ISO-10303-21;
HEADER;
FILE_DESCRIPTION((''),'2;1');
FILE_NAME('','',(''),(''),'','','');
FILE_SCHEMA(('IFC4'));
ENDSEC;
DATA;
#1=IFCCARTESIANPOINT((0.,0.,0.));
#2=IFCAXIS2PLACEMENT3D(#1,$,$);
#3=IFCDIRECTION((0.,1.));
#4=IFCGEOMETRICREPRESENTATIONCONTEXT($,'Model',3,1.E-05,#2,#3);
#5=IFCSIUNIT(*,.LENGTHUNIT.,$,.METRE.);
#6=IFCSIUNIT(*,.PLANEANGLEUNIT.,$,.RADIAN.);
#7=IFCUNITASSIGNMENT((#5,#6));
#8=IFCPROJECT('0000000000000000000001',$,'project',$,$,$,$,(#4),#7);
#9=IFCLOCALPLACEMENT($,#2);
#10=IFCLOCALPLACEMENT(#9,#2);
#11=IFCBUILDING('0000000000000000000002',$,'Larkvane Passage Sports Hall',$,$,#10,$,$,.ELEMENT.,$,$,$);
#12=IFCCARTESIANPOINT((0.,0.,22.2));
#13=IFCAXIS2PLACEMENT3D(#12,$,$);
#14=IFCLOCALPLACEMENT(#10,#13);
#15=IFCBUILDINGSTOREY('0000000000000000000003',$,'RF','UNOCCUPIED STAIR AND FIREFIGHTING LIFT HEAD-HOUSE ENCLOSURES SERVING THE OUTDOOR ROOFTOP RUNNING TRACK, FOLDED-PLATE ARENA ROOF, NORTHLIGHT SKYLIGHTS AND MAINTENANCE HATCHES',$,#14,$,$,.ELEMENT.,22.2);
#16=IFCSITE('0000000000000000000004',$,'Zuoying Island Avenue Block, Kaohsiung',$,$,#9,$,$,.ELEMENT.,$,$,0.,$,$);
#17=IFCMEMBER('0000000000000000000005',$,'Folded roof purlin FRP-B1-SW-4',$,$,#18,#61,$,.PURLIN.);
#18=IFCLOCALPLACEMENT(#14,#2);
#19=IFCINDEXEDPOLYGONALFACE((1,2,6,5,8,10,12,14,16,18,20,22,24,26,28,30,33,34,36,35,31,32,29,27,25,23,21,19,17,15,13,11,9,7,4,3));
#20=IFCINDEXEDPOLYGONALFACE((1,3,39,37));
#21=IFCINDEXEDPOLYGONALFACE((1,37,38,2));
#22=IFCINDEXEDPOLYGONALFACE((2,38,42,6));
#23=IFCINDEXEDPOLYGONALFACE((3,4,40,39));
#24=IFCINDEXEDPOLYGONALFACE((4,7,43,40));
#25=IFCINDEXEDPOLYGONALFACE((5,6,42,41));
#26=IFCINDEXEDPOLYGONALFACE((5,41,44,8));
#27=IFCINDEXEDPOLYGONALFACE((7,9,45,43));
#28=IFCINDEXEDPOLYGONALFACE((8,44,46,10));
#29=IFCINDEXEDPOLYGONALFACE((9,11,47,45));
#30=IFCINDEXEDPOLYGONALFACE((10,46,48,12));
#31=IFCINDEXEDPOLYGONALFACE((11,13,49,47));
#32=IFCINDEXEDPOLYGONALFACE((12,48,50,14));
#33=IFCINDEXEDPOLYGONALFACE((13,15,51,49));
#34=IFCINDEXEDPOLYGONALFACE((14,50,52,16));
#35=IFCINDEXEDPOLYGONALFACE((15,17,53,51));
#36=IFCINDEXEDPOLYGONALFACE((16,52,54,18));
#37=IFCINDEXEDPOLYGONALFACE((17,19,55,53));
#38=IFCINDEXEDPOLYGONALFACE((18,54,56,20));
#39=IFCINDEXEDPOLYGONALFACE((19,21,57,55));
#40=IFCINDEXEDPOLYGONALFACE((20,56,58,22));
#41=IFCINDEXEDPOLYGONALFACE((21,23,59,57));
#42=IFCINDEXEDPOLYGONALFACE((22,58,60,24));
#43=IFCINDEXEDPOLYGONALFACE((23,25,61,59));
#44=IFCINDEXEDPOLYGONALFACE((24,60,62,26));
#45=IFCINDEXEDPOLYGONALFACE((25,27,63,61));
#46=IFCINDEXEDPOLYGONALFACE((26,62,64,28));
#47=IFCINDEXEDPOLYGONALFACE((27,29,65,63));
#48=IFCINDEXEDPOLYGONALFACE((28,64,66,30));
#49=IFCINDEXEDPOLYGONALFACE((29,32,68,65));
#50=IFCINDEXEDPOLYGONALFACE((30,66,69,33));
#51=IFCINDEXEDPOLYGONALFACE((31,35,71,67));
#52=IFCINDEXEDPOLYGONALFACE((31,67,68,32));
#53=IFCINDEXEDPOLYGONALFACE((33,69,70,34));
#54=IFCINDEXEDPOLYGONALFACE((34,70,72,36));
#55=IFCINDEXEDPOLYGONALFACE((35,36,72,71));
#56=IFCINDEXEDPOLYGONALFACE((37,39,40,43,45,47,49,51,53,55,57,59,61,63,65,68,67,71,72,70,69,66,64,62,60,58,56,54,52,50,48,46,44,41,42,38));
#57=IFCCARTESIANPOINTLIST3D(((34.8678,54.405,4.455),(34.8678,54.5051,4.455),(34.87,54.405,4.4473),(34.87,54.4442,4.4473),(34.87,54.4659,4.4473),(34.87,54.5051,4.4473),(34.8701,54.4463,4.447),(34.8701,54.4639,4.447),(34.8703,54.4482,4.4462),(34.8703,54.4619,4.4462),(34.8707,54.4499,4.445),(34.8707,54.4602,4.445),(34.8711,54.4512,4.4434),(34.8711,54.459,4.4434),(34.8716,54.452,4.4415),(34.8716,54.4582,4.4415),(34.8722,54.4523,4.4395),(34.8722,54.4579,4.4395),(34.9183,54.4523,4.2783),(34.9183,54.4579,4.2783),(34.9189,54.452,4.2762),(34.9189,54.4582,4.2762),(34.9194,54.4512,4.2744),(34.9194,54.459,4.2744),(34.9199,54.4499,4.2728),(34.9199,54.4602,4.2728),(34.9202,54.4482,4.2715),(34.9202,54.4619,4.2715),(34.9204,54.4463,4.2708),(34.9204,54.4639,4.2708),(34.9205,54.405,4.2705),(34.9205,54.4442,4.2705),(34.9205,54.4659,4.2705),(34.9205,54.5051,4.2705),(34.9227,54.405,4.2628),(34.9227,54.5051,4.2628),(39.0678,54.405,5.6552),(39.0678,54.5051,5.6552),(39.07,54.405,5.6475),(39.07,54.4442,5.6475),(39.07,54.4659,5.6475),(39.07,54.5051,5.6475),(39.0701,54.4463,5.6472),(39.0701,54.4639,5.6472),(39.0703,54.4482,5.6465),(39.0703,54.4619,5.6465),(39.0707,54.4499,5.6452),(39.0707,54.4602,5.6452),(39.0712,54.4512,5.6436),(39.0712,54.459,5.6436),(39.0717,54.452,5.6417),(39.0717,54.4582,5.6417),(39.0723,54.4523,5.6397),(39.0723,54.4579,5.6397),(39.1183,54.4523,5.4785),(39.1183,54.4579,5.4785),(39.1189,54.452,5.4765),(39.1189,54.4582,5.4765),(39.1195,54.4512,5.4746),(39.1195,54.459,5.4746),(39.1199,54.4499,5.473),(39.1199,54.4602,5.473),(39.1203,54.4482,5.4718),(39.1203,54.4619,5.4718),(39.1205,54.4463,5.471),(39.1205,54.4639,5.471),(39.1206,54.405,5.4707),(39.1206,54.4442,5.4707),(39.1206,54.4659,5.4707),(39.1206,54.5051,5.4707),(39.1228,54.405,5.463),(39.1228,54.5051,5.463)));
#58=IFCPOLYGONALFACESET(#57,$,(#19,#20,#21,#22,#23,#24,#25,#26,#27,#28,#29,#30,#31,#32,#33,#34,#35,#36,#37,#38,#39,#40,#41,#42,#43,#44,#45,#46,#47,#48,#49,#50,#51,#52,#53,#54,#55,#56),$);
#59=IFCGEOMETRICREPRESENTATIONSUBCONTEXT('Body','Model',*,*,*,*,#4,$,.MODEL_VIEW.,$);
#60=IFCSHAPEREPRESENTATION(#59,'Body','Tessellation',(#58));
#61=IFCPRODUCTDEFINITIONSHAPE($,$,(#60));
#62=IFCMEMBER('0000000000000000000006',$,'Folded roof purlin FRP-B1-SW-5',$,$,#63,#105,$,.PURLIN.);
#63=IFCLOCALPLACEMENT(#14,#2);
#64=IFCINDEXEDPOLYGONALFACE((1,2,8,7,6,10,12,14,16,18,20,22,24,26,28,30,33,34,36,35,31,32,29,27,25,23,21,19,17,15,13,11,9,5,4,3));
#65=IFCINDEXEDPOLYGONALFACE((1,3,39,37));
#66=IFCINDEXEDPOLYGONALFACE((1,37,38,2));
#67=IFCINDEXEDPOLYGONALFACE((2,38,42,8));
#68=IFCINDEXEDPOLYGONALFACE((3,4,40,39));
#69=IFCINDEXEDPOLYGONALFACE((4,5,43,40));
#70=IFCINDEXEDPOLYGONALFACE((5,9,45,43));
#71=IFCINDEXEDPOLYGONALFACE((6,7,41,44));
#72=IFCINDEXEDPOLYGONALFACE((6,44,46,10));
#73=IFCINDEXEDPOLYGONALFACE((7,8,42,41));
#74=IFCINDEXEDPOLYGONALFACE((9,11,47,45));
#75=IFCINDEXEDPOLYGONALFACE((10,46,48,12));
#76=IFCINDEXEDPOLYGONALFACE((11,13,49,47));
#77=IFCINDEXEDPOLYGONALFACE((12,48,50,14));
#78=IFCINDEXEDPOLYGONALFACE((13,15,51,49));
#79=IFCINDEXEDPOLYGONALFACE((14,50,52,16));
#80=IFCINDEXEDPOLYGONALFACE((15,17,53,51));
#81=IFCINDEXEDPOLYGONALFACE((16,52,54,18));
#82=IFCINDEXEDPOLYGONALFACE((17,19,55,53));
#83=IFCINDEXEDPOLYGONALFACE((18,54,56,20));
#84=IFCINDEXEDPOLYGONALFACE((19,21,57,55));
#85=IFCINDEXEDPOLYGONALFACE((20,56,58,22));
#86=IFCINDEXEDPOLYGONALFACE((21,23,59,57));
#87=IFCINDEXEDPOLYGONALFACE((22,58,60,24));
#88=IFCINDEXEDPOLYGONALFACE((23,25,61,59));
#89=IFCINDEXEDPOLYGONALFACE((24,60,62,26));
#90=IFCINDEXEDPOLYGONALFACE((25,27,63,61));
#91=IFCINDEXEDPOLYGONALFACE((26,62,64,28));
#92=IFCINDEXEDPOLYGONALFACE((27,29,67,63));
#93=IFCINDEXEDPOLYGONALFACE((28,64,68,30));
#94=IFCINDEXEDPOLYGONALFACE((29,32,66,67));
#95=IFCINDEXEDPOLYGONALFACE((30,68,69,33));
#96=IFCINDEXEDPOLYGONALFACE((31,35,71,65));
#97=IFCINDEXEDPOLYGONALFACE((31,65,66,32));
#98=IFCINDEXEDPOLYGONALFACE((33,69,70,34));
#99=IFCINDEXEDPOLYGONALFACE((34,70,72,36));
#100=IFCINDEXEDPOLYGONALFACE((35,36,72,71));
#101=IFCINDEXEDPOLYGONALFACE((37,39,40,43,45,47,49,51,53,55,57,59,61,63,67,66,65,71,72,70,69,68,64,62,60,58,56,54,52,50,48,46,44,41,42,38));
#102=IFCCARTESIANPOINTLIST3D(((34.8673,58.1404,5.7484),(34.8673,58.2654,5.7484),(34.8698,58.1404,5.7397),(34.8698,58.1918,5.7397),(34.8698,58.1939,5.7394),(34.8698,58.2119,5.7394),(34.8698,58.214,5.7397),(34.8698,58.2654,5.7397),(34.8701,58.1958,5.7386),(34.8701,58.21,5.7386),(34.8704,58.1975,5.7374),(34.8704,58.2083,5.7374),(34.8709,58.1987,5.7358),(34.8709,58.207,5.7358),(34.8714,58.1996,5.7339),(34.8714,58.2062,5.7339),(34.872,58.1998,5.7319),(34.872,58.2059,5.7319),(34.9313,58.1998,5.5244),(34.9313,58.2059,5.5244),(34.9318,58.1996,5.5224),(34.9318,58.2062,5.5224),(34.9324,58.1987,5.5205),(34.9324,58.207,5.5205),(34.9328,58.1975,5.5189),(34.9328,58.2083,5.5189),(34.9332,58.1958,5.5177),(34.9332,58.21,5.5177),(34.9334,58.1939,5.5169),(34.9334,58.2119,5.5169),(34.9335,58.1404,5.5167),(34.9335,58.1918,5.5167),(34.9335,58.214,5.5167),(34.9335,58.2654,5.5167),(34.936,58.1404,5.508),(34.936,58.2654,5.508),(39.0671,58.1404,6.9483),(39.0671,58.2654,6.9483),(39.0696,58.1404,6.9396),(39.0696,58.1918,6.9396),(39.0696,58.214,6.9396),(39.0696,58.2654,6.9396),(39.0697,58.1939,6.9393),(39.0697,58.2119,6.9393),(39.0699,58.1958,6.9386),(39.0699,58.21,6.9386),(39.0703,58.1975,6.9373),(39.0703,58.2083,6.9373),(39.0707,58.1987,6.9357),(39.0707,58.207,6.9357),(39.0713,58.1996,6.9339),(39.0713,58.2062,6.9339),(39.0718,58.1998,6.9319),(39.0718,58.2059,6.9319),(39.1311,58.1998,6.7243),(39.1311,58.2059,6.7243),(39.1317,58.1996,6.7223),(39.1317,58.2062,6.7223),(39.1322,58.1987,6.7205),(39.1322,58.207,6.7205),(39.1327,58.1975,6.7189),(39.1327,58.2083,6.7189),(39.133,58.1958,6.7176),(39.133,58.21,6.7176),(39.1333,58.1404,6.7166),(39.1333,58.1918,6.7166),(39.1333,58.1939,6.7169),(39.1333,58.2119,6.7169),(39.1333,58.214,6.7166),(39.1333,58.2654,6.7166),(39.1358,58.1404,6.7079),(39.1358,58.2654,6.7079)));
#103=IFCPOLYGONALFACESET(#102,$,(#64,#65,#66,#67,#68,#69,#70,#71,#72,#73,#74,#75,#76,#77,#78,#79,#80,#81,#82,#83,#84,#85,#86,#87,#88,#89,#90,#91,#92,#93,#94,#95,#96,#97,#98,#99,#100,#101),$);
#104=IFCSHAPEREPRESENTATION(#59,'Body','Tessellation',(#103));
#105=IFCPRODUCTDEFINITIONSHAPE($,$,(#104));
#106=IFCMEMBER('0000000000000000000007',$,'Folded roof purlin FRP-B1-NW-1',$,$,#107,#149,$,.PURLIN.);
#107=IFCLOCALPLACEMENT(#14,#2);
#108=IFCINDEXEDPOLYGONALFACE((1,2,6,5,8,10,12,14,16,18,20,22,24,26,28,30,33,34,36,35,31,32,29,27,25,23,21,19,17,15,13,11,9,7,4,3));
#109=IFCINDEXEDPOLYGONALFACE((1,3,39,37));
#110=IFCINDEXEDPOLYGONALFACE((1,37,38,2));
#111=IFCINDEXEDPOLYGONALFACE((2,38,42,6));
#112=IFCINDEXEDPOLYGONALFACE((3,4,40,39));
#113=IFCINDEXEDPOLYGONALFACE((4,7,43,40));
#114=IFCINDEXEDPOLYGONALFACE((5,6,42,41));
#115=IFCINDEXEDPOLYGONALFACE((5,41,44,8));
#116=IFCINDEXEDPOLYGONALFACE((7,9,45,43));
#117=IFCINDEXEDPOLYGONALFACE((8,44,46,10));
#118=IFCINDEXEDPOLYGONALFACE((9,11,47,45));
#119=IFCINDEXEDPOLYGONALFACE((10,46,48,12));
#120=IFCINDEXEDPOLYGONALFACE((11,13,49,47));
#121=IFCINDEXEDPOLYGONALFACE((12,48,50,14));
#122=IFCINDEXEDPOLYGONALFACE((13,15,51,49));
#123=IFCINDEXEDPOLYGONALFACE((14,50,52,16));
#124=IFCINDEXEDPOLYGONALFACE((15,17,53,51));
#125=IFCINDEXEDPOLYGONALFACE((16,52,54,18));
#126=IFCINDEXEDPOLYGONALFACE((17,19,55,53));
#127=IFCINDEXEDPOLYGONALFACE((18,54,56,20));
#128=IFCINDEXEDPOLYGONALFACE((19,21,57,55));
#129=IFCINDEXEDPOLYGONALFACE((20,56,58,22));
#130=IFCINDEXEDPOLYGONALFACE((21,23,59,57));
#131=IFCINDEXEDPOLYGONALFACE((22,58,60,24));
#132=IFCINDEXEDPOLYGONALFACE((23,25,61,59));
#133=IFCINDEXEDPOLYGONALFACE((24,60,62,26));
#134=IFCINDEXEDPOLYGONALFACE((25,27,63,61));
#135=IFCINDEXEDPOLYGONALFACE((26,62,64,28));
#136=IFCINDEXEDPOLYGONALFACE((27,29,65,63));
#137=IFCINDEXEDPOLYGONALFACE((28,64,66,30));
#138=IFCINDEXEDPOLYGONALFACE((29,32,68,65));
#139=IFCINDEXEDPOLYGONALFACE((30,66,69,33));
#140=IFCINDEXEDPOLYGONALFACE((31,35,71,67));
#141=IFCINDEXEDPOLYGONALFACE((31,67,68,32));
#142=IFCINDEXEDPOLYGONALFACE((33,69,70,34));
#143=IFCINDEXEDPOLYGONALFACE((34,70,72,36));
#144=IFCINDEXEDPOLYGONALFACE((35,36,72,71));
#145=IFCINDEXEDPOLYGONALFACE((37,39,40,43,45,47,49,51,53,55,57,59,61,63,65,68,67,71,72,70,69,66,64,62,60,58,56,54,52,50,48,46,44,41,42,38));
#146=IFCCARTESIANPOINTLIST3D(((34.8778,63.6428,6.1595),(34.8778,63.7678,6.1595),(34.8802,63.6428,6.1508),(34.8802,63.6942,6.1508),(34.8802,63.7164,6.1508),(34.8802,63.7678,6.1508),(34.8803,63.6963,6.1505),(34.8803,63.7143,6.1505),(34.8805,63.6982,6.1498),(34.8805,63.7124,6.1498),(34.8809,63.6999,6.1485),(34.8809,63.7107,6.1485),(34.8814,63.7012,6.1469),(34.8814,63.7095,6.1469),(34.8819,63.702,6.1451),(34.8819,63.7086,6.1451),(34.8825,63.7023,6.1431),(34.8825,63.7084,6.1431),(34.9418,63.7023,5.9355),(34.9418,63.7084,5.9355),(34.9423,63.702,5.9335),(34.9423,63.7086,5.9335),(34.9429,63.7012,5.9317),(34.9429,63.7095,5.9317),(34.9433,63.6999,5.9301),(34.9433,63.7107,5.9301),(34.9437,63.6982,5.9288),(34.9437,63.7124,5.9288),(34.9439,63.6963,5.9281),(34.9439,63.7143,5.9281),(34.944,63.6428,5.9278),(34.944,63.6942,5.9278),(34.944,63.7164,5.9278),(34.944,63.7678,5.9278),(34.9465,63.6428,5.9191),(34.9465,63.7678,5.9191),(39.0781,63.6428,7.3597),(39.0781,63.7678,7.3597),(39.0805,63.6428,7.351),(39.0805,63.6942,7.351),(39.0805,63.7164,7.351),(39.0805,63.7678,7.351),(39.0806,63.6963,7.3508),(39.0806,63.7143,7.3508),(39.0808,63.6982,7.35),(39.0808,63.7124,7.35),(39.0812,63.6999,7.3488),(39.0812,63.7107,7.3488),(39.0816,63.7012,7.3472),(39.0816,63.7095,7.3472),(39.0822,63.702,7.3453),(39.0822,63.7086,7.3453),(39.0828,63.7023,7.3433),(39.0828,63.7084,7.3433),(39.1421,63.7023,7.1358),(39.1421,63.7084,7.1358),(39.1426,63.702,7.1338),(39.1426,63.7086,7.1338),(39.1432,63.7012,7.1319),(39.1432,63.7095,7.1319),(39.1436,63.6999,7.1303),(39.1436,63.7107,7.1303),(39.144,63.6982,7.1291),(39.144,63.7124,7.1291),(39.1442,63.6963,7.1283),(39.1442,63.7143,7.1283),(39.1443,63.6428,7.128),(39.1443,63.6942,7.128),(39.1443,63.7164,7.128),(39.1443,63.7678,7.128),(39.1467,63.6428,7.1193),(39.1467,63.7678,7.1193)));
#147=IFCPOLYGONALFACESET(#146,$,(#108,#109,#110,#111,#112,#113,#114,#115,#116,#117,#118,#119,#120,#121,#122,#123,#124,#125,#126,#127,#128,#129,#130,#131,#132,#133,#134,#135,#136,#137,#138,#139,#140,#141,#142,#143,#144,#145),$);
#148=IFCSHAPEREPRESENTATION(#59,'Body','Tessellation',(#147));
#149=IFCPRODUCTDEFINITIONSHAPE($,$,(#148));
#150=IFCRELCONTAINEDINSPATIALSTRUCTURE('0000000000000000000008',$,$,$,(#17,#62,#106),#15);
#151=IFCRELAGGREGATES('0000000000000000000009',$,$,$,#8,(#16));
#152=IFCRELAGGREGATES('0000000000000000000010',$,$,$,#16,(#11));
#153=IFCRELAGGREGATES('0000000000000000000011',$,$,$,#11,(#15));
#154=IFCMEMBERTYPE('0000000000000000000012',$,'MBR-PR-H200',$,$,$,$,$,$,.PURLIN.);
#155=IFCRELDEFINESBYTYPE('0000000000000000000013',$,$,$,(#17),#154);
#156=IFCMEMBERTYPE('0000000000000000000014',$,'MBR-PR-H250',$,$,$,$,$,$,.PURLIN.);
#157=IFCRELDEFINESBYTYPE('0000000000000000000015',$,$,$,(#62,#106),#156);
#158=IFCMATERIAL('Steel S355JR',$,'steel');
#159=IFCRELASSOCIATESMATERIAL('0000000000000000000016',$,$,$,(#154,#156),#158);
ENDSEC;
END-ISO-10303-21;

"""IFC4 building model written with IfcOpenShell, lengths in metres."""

from ifc_helpers import new_model, si_unit, direction, frame, origin, origin_2d, place, context, subcontext, project, spatial, i_section, extrude, material, material_profile, profile_set, type_object, element, save


model = new_model("IFC4")

# Units and contexts
model_context = context("Model", 3, precision=1e-05, world=origin(), true_north=direction((0.0, 1.0)))
body_context = subcontext(model_context, "Body", "Model", "MODEL_VIEW")
ifc_project = project(units=[si_unit("LENGTHUNIT", "METRE"), si_unit("PLANEANGLEUNIT", "RADIAN")], contexts=[model_context])

# Site, building, storey
site_placement = place(None, origin())
site = spatial("IfcSite", under=ifc_project, at=site_placement, Name="Zuoying Island Avenue Block, Kaohsiung", CompositionType="ELEMENT", RefElevation=0.0)
building_placement = place(site_placement, origin())
building = spatial("IfcBuilding", under=site, at=building_placement, Name="Larkvane Passage Sports Hall", CompositionType="ELEMENT")
storey_placement = place(building_placement, frame((0.0, 0.0, 22.2)))
storey = spatial("IfcBuildingStorey", under=building, at=storey_placement, Name="RF", Description="UNOCCUPIED STAIR AND FIREFIGHTING LIFT HEAD-HOUSE ENCLOSURES SERVING THE OUTDOOR ROOFTOP RUNNING TRACK, FOLDED-PLATE ARENA ROOF, NORTHLIGHT SKYLIGHTS AND MAINTENANCE HATCHES", CompositionType="ELEMENT", Elevation=22.2)

# Members
ifc_material_1 = material(Name="Steel S355JR", Category="steel")
ifc_material_profile_1 = material_profile(ifc_material_1, i_section(OverallWidth=0.1001, OverallDepth=0.2, WebThickness=0.0056, FlangeThickness=0.0081, FilletRadius=0.0081, at=origin_2d()), Name="H-200x100x5.5x8")
ifc_profile_set_1 = profile_set([ifc_material_profile_1], Name="Steel S355JR")
member_type_1 = type_object("IfcMemberType", Name="MBR-PR-H200", PredefinedType="PURLIN", material=ifc_profile_set_1)
member_1_placement = place(storey_placement, frame((34.8953, 54.4551, 4.3589), z_axis=(0.961511, 0.0, 0.274765), x_axis=(0.0, 1.0, 0.0)))
element("IfcMember", 1, at=member_1_placement, inside=storey, type_object=member_type_1, Name="Folded roof purlin FRP-B1-SW-4", PredefinedType="PURLIN", context=body_context, shape_type="SweptSolid", body=[
    extrude(i_section(OverallWidth=0.1001, OverallDepth=0.2, WebThickness=0.0056, FlangeThickness=0.0081, FilletRadius=0.0081, at=origin_2d()), origin(), (0.0, 0.0, 1.0), 4.3682),
])
ifc_material_profile_2 = material_profile(ifc_material_1, i_section(OverallWidth=0.125, OverallDepth=0.25, WebThickness=0.0061, FlangeThickness=0.009, FilletRadius=0.0081, at=origin_2d()), Name="H-250x125x6x9")
ifc_profile_set_2 = profile_set([ifc_material_profile_2], Name="Steel S355JR")
member_type_2 = type_object("IfcMemberType", Name="MBR-PR-H250", PredefinedType="PURLIN", material=ifc_profile_set_2)
member_2_placement = place(storey_placement, frame((34.9016, 58.2029, 5.6282), z_axis=(0.961526, 0.0, 0.274714), x_axis=(0.0, 1.0, 0.0)))
element("IfcMember", 2, at=member_2_placement, inside=storey, type_object=member_type_2, Name="Folded roof purlin FRP-B1-SW-5", PredefinedType="PURLIN", context=body_context, shape_type="SweptSolid", body=[
    extrude(i_section(OverallWidth=0.125, OverallDepth=0.25, WebThickness=0.0061, FlangeThickness=0.009, FilletRadius=0.0081, at=origin_2d()), origin(), (0.0, 0.0, 1.0), 4.3679),
])
member_3_placement = place(storey_placement, frame((34.9121, 63.7053, 6.0393), z_axis=(0.961516, 0.0, 0.274751), x_axis=(0.0, 1.0, 0.0)))
element("IfcMember", 3, at=member_3_placement, inside=storey, type_object=member_type_2, Name="Folded roof purlin FRP-B1-NW-1", PredefinedType="PURLIN", context=body_context, shape_type="SweptSolid", body=[
    extrude(i_section(OverallWidth=0.125, OverallDepth=0.25, WebThickness=0.0061, FlangeThickness=0.009, FilletRadius=0.0081, at=origin_2d()), origin(), (0.0, 0.0, 1.0), 4.3684),
])

save(model, "model.ifc")
